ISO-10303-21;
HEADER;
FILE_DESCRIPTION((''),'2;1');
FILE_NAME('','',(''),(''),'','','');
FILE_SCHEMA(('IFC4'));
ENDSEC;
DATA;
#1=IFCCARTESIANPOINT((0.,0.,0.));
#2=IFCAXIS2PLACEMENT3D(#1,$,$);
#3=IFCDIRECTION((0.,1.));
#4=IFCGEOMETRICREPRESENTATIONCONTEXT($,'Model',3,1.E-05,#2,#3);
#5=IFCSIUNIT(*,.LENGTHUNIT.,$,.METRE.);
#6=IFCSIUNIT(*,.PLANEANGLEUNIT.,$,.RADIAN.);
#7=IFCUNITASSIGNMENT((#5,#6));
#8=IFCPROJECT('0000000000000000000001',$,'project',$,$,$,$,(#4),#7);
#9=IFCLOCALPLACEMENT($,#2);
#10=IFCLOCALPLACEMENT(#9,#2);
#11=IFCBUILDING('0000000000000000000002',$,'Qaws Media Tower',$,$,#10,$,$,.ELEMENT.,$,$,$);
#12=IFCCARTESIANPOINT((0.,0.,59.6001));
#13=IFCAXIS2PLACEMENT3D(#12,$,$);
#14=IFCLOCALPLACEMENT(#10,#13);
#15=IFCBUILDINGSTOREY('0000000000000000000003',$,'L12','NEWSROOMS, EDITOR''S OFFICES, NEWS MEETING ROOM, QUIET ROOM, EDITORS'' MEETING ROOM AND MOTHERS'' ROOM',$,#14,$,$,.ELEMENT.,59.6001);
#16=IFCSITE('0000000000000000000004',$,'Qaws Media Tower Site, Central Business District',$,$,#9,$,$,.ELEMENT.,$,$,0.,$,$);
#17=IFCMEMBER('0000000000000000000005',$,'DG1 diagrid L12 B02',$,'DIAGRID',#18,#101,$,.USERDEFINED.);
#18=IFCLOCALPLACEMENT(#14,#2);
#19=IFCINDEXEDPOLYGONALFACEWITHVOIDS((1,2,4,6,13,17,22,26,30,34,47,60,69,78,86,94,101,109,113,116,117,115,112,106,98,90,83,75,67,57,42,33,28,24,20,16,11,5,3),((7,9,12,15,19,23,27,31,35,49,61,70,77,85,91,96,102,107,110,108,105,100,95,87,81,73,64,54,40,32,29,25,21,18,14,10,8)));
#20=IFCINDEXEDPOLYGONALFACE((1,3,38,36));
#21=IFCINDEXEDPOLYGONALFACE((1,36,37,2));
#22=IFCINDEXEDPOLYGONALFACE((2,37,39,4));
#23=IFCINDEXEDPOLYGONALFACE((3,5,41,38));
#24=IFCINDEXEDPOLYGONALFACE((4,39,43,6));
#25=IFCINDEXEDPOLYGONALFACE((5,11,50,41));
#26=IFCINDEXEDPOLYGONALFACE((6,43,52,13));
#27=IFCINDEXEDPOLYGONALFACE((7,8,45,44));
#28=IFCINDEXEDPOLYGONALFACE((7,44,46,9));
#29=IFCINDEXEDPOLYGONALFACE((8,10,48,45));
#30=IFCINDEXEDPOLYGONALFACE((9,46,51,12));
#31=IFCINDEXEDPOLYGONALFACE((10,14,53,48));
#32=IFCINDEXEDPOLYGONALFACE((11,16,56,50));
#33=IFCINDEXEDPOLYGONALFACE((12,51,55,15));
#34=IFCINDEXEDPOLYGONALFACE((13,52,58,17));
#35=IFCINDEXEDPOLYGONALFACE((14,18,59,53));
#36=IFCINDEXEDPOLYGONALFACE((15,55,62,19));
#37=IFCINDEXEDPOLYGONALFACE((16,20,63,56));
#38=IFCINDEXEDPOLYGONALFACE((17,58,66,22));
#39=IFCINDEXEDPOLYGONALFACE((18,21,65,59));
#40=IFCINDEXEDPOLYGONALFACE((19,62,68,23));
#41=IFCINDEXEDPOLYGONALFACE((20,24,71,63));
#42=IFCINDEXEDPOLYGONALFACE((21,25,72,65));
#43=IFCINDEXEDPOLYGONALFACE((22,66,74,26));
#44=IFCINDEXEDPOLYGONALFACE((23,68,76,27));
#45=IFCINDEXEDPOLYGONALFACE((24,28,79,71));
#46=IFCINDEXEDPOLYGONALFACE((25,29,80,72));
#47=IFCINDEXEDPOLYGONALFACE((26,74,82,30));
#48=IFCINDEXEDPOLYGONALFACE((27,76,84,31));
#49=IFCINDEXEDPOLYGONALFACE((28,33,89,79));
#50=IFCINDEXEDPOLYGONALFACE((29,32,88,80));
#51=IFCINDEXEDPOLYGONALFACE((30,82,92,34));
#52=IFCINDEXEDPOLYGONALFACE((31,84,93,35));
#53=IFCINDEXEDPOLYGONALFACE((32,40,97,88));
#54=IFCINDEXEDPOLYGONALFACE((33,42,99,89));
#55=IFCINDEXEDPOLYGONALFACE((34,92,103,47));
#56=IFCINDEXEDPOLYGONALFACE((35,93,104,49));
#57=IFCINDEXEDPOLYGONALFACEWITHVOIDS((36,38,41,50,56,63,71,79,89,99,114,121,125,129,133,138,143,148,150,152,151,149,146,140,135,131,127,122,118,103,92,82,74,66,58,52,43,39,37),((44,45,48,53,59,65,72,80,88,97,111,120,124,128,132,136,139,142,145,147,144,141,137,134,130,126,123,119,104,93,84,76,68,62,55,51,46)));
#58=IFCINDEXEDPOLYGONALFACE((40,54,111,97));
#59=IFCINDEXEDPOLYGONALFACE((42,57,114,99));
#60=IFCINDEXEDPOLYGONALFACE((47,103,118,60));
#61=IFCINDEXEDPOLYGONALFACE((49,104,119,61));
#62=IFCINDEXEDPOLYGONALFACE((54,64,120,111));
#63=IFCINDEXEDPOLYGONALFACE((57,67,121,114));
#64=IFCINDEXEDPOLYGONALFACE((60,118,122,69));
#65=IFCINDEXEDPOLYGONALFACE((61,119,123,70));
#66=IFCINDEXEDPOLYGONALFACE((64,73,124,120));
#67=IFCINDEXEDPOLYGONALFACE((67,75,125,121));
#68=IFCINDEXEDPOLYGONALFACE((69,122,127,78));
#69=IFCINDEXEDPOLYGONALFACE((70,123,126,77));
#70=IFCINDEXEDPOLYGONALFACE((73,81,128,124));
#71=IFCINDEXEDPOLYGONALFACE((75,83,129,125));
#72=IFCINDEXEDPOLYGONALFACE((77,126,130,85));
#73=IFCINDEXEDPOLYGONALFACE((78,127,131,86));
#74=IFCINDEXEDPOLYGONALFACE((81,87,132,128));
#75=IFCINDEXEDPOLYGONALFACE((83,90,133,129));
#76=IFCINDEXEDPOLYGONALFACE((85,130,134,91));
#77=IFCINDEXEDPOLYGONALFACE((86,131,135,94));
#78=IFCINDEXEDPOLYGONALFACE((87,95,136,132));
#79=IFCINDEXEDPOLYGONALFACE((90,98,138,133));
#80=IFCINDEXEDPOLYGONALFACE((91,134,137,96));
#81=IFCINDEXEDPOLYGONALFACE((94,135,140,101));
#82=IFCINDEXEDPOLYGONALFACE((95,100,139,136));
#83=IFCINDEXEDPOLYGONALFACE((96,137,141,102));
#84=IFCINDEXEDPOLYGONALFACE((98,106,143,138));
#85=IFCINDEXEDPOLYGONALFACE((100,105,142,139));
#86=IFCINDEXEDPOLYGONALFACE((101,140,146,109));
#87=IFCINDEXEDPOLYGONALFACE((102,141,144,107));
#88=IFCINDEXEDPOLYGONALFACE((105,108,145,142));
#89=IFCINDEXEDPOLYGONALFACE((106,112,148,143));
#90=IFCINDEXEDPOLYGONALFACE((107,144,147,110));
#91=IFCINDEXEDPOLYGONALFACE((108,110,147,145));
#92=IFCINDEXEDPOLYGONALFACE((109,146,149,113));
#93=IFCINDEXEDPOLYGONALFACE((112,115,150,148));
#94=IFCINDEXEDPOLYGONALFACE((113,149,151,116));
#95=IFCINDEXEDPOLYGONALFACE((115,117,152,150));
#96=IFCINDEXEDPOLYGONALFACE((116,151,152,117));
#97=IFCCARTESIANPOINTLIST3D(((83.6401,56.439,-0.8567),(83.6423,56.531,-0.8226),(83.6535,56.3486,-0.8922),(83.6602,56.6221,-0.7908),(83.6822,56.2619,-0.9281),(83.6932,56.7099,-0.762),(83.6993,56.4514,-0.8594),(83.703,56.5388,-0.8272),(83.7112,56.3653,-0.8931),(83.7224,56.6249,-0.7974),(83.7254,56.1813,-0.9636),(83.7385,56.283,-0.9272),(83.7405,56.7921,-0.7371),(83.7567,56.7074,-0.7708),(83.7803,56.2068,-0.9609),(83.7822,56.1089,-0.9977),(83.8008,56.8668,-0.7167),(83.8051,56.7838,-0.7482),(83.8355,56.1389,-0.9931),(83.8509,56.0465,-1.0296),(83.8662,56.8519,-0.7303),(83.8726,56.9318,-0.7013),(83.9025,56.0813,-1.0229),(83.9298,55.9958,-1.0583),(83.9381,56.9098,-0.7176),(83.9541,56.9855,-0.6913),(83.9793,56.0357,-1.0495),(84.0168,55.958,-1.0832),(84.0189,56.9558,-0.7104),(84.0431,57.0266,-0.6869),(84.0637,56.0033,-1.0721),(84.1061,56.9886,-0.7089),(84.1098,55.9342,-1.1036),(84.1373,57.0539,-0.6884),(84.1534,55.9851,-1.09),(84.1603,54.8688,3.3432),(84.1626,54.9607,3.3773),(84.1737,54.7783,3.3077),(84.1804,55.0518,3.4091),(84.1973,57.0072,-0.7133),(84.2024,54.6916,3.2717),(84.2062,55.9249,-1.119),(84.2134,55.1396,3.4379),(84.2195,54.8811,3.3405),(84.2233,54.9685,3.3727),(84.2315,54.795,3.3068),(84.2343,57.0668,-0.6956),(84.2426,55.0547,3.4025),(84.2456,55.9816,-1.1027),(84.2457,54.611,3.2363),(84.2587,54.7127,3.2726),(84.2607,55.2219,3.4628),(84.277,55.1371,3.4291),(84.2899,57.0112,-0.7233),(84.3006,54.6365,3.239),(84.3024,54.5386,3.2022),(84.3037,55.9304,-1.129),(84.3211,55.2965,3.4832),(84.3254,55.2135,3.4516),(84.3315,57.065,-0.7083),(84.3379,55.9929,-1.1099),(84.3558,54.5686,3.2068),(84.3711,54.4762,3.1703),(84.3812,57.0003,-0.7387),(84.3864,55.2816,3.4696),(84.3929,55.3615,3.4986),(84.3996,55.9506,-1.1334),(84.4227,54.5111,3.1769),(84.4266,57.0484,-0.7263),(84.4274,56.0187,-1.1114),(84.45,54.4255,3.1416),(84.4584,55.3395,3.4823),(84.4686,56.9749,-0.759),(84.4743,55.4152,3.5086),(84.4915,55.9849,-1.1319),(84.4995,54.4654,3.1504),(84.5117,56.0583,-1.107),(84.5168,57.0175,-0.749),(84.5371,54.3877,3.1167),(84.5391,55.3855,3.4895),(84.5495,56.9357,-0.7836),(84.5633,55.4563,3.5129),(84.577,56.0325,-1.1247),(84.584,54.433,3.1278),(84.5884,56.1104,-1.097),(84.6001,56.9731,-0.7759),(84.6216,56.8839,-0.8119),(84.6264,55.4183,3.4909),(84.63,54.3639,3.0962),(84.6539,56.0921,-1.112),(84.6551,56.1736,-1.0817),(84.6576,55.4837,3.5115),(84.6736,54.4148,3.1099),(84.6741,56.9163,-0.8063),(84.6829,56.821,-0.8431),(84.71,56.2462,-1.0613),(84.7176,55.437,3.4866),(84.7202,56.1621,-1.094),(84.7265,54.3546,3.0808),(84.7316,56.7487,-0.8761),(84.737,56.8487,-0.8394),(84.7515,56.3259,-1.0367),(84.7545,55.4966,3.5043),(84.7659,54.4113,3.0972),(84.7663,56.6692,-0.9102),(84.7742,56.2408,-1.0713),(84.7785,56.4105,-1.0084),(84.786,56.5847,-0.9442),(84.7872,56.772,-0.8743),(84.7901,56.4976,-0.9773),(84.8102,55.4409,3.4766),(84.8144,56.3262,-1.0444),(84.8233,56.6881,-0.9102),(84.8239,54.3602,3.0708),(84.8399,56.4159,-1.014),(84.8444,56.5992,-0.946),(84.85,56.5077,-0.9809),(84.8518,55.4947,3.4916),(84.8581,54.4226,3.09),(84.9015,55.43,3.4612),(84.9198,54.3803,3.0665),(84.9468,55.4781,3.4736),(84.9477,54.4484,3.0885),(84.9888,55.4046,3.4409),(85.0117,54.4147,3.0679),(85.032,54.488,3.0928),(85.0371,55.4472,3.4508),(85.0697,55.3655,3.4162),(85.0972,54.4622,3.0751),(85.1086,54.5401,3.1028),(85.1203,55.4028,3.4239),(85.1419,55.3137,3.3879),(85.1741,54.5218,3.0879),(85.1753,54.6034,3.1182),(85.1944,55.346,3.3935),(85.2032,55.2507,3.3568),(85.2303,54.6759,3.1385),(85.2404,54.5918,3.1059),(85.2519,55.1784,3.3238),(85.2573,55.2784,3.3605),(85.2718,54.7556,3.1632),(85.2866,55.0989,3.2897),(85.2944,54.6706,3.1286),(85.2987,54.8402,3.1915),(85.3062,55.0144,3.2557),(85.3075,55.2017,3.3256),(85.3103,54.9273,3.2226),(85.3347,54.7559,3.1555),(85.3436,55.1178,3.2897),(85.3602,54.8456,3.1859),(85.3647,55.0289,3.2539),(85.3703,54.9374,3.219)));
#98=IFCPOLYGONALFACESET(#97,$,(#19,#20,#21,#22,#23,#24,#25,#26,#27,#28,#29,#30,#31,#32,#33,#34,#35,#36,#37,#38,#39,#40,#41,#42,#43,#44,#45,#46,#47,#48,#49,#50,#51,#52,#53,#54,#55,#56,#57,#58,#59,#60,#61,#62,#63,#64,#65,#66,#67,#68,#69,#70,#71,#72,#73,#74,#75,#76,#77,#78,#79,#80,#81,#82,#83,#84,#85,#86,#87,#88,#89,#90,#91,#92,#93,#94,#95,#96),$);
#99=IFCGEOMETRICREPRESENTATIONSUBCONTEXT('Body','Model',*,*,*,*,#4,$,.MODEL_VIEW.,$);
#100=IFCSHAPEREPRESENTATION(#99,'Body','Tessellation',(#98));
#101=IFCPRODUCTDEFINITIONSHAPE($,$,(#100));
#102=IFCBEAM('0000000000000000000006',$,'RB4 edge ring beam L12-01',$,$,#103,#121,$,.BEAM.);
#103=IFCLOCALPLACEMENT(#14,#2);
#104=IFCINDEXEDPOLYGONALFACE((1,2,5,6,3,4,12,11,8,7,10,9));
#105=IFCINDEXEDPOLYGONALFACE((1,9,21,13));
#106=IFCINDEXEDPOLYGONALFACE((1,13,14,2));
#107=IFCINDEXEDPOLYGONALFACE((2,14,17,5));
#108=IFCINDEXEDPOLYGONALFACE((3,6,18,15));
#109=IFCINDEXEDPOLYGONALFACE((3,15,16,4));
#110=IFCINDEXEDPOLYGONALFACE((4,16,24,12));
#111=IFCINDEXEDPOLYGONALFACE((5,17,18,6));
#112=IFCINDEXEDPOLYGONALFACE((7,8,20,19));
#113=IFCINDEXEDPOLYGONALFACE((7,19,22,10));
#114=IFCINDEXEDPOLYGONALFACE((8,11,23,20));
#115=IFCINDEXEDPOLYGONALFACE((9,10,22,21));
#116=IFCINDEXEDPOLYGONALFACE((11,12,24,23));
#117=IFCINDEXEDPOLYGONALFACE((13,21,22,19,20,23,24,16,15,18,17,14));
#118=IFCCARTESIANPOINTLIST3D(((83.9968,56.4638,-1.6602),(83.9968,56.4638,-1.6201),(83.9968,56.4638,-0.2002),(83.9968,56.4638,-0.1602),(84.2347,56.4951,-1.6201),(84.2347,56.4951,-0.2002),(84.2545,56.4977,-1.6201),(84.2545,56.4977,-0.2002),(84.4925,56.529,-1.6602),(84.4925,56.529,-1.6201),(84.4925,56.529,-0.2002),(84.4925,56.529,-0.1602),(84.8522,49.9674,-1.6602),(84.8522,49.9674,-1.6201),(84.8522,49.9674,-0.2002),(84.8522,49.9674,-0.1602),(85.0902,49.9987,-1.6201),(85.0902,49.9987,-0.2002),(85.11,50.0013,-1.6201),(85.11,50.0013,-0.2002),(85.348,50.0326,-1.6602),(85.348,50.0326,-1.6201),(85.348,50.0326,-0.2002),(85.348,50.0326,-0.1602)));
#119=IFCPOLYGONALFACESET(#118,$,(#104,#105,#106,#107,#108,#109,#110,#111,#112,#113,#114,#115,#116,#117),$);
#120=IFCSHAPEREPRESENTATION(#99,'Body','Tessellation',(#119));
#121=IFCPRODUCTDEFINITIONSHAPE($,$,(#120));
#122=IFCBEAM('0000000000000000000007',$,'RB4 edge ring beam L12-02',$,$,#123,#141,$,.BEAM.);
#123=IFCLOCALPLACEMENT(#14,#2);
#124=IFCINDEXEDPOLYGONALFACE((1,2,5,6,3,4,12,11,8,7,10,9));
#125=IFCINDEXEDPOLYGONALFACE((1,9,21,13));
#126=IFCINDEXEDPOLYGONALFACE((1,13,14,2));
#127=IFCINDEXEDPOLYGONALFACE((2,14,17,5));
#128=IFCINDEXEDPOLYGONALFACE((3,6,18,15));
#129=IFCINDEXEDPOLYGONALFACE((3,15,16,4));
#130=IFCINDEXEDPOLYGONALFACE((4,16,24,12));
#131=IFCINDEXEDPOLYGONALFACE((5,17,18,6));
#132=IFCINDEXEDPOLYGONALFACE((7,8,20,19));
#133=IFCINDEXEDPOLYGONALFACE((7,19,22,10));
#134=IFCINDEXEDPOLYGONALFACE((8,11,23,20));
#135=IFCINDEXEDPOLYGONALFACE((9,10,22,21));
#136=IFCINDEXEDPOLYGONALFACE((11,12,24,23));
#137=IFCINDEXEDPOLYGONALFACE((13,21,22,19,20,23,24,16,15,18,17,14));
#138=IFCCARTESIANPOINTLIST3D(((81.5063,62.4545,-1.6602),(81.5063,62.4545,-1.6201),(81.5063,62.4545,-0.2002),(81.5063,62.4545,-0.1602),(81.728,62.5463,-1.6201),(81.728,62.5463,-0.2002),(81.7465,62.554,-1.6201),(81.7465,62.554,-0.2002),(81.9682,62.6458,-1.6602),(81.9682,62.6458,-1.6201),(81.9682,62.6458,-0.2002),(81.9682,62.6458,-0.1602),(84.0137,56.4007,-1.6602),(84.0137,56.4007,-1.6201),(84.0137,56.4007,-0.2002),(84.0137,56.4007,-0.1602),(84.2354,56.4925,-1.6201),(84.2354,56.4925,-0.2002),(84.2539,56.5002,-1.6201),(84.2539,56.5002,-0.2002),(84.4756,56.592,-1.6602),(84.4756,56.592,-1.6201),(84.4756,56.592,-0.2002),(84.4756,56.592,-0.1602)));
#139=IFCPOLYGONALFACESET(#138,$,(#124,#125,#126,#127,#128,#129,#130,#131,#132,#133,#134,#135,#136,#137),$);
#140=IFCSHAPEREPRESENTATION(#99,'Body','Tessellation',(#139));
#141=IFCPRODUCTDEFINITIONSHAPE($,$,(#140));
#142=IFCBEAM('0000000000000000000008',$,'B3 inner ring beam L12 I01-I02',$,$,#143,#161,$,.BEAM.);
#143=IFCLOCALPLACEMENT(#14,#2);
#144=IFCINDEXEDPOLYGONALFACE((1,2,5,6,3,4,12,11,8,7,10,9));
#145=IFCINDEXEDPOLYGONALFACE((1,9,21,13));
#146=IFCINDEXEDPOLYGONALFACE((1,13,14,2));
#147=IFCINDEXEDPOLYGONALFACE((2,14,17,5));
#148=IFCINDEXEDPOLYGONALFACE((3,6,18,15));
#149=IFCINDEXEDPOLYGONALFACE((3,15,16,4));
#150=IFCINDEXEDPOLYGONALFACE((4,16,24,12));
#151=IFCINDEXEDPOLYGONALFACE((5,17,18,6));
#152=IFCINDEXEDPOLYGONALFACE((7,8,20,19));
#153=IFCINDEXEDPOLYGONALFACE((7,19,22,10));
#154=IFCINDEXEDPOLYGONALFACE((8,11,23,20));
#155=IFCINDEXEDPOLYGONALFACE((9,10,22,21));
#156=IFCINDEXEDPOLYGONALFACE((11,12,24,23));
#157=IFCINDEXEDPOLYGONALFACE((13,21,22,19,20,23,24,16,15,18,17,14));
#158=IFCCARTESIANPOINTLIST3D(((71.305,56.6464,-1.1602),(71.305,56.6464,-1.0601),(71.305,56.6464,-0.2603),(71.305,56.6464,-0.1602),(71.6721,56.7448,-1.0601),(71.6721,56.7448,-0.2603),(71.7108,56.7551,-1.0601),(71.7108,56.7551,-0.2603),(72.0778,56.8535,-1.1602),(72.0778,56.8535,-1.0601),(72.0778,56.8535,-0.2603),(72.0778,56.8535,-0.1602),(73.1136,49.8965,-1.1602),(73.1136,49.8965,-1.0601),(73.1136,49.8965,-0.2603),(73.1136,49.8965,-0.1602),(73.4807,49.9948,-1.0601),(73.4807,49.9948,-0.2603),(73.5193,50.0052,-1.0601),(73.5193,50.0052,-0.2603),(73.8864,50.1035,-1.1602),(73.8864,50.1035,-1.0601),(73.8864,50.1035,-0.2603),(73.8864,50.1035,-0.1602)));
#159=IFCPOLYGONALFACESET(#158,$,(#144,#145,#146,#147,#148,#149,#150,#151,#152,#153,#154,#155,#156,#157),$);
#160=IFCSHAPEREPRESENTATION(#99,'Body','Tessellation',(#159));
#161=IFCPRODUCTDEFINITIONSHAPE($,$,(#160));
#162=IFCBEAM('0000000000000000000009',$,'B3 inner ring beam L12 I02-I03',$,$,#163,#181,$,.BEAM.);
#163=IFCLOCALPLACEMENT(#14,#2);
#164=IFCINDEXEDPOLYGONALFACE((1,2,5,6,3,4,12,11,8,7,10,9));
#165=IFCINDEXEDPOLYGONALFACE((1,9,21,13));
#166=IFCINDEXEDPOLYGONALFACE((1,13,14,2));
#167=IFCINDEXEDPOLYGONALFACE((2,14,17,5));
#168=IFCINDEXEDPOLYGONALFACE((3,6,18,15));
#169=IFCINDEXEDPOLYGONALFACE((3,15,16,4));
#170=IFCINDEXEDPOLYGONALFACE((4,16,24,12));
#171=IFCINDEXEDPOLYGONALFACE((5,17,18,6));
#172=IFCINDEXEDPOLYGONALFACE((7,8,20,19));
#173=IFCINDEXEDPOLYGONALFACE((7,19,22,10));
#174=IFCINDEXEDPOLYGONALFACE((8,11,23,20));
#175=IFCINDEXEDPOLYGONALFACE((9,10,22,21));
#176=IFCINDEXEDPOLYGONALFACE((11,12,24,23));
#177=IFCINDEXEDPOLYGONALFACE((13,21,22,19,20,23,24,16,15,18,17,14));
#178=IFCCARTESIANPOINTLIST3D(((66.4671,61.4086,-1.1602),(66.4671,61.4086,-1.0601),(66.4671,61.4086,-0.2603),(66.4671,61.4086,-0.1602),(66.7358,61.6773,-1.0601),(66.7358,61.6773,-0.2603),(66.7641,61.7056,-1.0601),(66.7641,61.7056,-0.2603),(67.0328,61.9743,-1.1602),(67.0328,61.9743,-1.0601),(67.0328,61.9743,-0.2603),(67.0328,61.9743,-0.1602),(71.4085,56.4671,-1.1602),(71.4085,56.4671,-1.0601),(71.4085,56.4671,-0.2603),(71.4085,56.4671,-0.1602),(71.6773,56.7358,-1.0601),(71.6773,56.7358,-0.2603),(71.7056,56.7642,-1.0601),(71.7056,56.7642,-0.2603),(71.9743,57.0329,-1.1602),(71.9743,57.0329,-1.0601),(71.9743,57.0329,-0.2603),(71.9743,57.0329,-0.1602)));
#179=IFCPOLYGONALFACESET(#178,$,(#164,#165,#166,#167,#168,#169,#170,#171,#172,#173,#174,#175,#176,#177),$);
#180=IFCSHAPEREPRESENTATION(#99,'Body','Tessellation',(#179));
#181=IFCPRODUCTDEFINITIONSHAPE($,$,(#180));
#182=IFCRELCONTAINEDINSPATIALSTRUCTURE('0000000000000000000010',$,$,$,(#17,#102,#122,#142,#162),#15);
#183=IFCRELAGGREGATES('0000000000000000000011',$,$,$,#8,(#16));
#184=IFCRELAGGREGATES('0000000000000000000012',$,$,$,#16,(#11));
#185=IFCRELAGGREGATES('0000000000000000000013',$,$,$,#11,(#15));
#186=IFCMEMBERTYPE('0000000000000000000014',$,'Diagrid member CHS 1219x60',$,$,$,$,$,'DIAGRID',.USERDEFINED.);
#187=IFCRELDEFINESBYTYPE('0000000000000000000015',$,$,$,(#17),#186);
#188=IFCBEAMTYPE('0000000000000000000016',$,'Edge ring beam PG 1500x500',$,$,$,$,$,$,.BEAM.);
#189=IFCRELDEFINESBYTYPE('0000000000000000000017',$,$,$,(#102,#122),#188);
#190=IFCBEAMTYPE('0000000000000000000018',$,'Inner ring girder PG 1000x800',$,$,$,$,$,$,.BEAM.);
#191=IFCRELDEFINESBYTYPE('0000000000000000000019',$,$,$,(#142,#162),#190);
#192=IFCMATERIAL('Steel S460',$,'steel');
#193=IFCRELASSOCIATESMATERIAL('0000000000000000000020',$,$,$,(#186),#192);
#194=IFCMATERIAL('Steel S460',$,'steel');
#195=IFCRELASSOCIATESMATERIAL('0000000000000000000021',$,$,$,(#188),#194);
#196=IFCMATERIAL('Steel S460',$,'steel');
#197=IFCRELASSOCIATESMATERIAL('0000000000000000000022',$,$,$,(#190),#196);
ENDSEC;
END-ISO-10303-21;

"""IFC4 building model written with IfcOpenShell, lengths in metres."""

from ifc_helpers import new_model, si_unit, direction, frame, origin, origin_2d, place, context, subcontext, project, spatial, hollow_circle, i_section, extrude, material, material_profile, profile_set, type_object, element, save


model = new_model("IFC4")

# Units and contexts
model_context = context("Model", 3, precision=1e-05, world=origin(), true_north=direction((0.0, 1.0)))
body_context = subcontext(model_context, "Body", "Model", "MODEL_VIEW")
ifc_project = project(units=[si_unit("LENGTHUNIT", "METRE"), si_unit("PLANEANGLEUNIT", "RADIAN")], contexts=[model_context])

# Site, building, storey
site_placement = place(None, origin())
site = spatial("IfcSite", under=ifc_project, at=site_placement, Name="Qaws Media Tower Site, Central Business District", CompositionType="ELEMENT", RefElevation=0.0)
building_placement = place(site_placement, origin())
building = spatial("IfcBuilding", under=site, at=building_placement, Name="Qaws Media Tower", CompositionType="ELEMENT")
storey_placement = place(building_placement, frame((0.0, 0.0, 59.6001)))
storey = spatial("IfcBuildingStorey", under=building, at=storey_placement, Name="L12", Description="NEWSROOMS, EDITOR'S OFFICES, NEWS MEETING ROOM, QUIET ROOM, EDITORS' MEETING ROOM AND MOTHERS' ROOM", CompositionType="ELEMENT", Elevation=59.6001)

# Member
ifc_material_1 = material(Name="Steel S460", Category="steel")
ifc_material_profile_1 = material_profile(ifc_material_1, hollow_circle(Radius=0.6096, WallThickness=0.0601, at=origin_2d()), Name="CHS 1219x60")
ifc_profile_set_1 = profile_set([ifc_material_profile_1], Name="Steel S460")
member_type_1 = type_object("IfcMemberType", Name="Diagrid member CHS 1219x60", ElementType="DIAGRID", PredefinedType="USERDEFINED", material=ifc_profile_set_1)
for number, where, z_axis, x_axis, name in (
    (1, (84.2446, 56.4963, -0.9102), (0.115256, -0.347876, 0.930429), (0.949257, 0.314501, 0.0), "DG1 diagrid L12 B02"),
):
    element("IfcMember", number, at=place(storey_placement, frame(where, z_axis=z_axis, x_axis=x_axis)), inside=storey, type_object=member_type_1, Name=name, ObjectType="DIAGRID", PredefinedType="USERDEFINED", context=body_context, shape_type="SweptSolid", body=[
        extrude(hollow_circle(Radius=0.6096, WallThickness=0.0601, at=origin_2d()), origin(), (0.0, 0.0, 1.0), 4.5139),
    ])

# Beams
ifc_material_2 = material(Name="Steel S460", Category="steel")
ifc_material_profile_2 = material_profile(ifc_material_2, i_section(OverallWidth=0.5, OverallDepth=1.5, WebThickness=0.02, FlangeThickness=0.04, at=origin_2d()), Name="PG 1500x500")
ifc_profile_set_2 = profile_set([ifc_material_profile_2], Name="Steel S460")
beam_type_1 = type_object("IfcBeamType", Name="Edge ring beam PG 1500x500", PredefinedType="BEAM", material=ifc_profile_set_2)
for number, where, z_axis, x_axis, name in (
    (2, (85.1001, 50.0, -0.9102), (-0.130558, 0.991441, 0.0), (-0.991441, -0.130558, 0.0), "RB4 edge ring beam L12-01"),
    (3, (84.2446, 56.4963, -0.9102), (-0.382657, 0.923891, 0.0), (-0.923891, -0.382657, 0.0), "RB4 edge ring beam L12-02"),
):
    element("IfcBeam", number, at=place(storey_placement, frame(where, z_axis=z_axis, x_axis=x_axis)), inside=storey, type_object=beam_type_1, Name=name, PredefinedType="BEAM", context=body_context, shape_type="SweptSolid", body=[
        extrude(i_section(OverallWidth=0.5, OverallDepth=1.5, WebThickness=0.02, FlangeThickness=0.04, at=origin_2d()), origin(), (0.0, 0.0, 1.0), 6.5525),
    ])
ifc_material_3 = material(Name="Steel S460", Category="steel")
ifc_material_profile_3 = material_profile(ifc_material_3, i_section(OverallWidth=0.8, OverallDepth=1.0, WebThickness=0.04, FlangeThickness=0.1001, at=origin_2d()), Name="PG 1000x800")
ifc_profile_set_3 = profile_set([ifc_material_profile_3], Name="Steel S460")
beam_type_2 = type_object("IfcBeamType", Name="Inner ring girder PG 1000x800", PredefinedType="BEAM", material=ifc_profile_set_3)
beam_1_placement = place(storey_placement, frame((73.5, 50.0, -0.6602), z_axis=(-0.258811, 0.965928, 0.0), x_axis=(-0.965928, -0.258811, 0.0)))
element("IfcBeam", 4, at=beam_1_placement, inside=storey, type_object=beam_type_2, Name="B3 inner ring beam L12 I01-I02", PredefinedType="BEAM", context=body_context, shape_type="SweptSolid", body=[
    extrude(i_section(OverallWidth=0.8, OverallDepth=1.0, WebThickness=0.04, FlangeThickness=0.1001, at=origin_2d()), origin(), (0.0, 0.0, 1.0), 6.988),
])
beam_2_placement = place(storey_placement, frame((71.6914, 56.75, -0.6602), z_axis=(-0.707107, 0.707107, 0.0), x_axis=(-0.707107, -0.707107, 0.0)))
element("IfcBeam", 5, at=beam_2_placement, inside=storey, type_object=beam_type_2, Name="B3 inner ring beam L12 I02-I03", PredefinedType="BEAM", context=body_context, shape_type="SweptSolid", body=[
    extrude(i_section(OverallWidth=0.8, OverallDepth=1.0, WebThickness=0.04, FlangeThickness=0.1001, at=origin_2d()), origin(), (0.0, 0.0, 1.0), 6.9883),
])

save(model, "model.ifc")
